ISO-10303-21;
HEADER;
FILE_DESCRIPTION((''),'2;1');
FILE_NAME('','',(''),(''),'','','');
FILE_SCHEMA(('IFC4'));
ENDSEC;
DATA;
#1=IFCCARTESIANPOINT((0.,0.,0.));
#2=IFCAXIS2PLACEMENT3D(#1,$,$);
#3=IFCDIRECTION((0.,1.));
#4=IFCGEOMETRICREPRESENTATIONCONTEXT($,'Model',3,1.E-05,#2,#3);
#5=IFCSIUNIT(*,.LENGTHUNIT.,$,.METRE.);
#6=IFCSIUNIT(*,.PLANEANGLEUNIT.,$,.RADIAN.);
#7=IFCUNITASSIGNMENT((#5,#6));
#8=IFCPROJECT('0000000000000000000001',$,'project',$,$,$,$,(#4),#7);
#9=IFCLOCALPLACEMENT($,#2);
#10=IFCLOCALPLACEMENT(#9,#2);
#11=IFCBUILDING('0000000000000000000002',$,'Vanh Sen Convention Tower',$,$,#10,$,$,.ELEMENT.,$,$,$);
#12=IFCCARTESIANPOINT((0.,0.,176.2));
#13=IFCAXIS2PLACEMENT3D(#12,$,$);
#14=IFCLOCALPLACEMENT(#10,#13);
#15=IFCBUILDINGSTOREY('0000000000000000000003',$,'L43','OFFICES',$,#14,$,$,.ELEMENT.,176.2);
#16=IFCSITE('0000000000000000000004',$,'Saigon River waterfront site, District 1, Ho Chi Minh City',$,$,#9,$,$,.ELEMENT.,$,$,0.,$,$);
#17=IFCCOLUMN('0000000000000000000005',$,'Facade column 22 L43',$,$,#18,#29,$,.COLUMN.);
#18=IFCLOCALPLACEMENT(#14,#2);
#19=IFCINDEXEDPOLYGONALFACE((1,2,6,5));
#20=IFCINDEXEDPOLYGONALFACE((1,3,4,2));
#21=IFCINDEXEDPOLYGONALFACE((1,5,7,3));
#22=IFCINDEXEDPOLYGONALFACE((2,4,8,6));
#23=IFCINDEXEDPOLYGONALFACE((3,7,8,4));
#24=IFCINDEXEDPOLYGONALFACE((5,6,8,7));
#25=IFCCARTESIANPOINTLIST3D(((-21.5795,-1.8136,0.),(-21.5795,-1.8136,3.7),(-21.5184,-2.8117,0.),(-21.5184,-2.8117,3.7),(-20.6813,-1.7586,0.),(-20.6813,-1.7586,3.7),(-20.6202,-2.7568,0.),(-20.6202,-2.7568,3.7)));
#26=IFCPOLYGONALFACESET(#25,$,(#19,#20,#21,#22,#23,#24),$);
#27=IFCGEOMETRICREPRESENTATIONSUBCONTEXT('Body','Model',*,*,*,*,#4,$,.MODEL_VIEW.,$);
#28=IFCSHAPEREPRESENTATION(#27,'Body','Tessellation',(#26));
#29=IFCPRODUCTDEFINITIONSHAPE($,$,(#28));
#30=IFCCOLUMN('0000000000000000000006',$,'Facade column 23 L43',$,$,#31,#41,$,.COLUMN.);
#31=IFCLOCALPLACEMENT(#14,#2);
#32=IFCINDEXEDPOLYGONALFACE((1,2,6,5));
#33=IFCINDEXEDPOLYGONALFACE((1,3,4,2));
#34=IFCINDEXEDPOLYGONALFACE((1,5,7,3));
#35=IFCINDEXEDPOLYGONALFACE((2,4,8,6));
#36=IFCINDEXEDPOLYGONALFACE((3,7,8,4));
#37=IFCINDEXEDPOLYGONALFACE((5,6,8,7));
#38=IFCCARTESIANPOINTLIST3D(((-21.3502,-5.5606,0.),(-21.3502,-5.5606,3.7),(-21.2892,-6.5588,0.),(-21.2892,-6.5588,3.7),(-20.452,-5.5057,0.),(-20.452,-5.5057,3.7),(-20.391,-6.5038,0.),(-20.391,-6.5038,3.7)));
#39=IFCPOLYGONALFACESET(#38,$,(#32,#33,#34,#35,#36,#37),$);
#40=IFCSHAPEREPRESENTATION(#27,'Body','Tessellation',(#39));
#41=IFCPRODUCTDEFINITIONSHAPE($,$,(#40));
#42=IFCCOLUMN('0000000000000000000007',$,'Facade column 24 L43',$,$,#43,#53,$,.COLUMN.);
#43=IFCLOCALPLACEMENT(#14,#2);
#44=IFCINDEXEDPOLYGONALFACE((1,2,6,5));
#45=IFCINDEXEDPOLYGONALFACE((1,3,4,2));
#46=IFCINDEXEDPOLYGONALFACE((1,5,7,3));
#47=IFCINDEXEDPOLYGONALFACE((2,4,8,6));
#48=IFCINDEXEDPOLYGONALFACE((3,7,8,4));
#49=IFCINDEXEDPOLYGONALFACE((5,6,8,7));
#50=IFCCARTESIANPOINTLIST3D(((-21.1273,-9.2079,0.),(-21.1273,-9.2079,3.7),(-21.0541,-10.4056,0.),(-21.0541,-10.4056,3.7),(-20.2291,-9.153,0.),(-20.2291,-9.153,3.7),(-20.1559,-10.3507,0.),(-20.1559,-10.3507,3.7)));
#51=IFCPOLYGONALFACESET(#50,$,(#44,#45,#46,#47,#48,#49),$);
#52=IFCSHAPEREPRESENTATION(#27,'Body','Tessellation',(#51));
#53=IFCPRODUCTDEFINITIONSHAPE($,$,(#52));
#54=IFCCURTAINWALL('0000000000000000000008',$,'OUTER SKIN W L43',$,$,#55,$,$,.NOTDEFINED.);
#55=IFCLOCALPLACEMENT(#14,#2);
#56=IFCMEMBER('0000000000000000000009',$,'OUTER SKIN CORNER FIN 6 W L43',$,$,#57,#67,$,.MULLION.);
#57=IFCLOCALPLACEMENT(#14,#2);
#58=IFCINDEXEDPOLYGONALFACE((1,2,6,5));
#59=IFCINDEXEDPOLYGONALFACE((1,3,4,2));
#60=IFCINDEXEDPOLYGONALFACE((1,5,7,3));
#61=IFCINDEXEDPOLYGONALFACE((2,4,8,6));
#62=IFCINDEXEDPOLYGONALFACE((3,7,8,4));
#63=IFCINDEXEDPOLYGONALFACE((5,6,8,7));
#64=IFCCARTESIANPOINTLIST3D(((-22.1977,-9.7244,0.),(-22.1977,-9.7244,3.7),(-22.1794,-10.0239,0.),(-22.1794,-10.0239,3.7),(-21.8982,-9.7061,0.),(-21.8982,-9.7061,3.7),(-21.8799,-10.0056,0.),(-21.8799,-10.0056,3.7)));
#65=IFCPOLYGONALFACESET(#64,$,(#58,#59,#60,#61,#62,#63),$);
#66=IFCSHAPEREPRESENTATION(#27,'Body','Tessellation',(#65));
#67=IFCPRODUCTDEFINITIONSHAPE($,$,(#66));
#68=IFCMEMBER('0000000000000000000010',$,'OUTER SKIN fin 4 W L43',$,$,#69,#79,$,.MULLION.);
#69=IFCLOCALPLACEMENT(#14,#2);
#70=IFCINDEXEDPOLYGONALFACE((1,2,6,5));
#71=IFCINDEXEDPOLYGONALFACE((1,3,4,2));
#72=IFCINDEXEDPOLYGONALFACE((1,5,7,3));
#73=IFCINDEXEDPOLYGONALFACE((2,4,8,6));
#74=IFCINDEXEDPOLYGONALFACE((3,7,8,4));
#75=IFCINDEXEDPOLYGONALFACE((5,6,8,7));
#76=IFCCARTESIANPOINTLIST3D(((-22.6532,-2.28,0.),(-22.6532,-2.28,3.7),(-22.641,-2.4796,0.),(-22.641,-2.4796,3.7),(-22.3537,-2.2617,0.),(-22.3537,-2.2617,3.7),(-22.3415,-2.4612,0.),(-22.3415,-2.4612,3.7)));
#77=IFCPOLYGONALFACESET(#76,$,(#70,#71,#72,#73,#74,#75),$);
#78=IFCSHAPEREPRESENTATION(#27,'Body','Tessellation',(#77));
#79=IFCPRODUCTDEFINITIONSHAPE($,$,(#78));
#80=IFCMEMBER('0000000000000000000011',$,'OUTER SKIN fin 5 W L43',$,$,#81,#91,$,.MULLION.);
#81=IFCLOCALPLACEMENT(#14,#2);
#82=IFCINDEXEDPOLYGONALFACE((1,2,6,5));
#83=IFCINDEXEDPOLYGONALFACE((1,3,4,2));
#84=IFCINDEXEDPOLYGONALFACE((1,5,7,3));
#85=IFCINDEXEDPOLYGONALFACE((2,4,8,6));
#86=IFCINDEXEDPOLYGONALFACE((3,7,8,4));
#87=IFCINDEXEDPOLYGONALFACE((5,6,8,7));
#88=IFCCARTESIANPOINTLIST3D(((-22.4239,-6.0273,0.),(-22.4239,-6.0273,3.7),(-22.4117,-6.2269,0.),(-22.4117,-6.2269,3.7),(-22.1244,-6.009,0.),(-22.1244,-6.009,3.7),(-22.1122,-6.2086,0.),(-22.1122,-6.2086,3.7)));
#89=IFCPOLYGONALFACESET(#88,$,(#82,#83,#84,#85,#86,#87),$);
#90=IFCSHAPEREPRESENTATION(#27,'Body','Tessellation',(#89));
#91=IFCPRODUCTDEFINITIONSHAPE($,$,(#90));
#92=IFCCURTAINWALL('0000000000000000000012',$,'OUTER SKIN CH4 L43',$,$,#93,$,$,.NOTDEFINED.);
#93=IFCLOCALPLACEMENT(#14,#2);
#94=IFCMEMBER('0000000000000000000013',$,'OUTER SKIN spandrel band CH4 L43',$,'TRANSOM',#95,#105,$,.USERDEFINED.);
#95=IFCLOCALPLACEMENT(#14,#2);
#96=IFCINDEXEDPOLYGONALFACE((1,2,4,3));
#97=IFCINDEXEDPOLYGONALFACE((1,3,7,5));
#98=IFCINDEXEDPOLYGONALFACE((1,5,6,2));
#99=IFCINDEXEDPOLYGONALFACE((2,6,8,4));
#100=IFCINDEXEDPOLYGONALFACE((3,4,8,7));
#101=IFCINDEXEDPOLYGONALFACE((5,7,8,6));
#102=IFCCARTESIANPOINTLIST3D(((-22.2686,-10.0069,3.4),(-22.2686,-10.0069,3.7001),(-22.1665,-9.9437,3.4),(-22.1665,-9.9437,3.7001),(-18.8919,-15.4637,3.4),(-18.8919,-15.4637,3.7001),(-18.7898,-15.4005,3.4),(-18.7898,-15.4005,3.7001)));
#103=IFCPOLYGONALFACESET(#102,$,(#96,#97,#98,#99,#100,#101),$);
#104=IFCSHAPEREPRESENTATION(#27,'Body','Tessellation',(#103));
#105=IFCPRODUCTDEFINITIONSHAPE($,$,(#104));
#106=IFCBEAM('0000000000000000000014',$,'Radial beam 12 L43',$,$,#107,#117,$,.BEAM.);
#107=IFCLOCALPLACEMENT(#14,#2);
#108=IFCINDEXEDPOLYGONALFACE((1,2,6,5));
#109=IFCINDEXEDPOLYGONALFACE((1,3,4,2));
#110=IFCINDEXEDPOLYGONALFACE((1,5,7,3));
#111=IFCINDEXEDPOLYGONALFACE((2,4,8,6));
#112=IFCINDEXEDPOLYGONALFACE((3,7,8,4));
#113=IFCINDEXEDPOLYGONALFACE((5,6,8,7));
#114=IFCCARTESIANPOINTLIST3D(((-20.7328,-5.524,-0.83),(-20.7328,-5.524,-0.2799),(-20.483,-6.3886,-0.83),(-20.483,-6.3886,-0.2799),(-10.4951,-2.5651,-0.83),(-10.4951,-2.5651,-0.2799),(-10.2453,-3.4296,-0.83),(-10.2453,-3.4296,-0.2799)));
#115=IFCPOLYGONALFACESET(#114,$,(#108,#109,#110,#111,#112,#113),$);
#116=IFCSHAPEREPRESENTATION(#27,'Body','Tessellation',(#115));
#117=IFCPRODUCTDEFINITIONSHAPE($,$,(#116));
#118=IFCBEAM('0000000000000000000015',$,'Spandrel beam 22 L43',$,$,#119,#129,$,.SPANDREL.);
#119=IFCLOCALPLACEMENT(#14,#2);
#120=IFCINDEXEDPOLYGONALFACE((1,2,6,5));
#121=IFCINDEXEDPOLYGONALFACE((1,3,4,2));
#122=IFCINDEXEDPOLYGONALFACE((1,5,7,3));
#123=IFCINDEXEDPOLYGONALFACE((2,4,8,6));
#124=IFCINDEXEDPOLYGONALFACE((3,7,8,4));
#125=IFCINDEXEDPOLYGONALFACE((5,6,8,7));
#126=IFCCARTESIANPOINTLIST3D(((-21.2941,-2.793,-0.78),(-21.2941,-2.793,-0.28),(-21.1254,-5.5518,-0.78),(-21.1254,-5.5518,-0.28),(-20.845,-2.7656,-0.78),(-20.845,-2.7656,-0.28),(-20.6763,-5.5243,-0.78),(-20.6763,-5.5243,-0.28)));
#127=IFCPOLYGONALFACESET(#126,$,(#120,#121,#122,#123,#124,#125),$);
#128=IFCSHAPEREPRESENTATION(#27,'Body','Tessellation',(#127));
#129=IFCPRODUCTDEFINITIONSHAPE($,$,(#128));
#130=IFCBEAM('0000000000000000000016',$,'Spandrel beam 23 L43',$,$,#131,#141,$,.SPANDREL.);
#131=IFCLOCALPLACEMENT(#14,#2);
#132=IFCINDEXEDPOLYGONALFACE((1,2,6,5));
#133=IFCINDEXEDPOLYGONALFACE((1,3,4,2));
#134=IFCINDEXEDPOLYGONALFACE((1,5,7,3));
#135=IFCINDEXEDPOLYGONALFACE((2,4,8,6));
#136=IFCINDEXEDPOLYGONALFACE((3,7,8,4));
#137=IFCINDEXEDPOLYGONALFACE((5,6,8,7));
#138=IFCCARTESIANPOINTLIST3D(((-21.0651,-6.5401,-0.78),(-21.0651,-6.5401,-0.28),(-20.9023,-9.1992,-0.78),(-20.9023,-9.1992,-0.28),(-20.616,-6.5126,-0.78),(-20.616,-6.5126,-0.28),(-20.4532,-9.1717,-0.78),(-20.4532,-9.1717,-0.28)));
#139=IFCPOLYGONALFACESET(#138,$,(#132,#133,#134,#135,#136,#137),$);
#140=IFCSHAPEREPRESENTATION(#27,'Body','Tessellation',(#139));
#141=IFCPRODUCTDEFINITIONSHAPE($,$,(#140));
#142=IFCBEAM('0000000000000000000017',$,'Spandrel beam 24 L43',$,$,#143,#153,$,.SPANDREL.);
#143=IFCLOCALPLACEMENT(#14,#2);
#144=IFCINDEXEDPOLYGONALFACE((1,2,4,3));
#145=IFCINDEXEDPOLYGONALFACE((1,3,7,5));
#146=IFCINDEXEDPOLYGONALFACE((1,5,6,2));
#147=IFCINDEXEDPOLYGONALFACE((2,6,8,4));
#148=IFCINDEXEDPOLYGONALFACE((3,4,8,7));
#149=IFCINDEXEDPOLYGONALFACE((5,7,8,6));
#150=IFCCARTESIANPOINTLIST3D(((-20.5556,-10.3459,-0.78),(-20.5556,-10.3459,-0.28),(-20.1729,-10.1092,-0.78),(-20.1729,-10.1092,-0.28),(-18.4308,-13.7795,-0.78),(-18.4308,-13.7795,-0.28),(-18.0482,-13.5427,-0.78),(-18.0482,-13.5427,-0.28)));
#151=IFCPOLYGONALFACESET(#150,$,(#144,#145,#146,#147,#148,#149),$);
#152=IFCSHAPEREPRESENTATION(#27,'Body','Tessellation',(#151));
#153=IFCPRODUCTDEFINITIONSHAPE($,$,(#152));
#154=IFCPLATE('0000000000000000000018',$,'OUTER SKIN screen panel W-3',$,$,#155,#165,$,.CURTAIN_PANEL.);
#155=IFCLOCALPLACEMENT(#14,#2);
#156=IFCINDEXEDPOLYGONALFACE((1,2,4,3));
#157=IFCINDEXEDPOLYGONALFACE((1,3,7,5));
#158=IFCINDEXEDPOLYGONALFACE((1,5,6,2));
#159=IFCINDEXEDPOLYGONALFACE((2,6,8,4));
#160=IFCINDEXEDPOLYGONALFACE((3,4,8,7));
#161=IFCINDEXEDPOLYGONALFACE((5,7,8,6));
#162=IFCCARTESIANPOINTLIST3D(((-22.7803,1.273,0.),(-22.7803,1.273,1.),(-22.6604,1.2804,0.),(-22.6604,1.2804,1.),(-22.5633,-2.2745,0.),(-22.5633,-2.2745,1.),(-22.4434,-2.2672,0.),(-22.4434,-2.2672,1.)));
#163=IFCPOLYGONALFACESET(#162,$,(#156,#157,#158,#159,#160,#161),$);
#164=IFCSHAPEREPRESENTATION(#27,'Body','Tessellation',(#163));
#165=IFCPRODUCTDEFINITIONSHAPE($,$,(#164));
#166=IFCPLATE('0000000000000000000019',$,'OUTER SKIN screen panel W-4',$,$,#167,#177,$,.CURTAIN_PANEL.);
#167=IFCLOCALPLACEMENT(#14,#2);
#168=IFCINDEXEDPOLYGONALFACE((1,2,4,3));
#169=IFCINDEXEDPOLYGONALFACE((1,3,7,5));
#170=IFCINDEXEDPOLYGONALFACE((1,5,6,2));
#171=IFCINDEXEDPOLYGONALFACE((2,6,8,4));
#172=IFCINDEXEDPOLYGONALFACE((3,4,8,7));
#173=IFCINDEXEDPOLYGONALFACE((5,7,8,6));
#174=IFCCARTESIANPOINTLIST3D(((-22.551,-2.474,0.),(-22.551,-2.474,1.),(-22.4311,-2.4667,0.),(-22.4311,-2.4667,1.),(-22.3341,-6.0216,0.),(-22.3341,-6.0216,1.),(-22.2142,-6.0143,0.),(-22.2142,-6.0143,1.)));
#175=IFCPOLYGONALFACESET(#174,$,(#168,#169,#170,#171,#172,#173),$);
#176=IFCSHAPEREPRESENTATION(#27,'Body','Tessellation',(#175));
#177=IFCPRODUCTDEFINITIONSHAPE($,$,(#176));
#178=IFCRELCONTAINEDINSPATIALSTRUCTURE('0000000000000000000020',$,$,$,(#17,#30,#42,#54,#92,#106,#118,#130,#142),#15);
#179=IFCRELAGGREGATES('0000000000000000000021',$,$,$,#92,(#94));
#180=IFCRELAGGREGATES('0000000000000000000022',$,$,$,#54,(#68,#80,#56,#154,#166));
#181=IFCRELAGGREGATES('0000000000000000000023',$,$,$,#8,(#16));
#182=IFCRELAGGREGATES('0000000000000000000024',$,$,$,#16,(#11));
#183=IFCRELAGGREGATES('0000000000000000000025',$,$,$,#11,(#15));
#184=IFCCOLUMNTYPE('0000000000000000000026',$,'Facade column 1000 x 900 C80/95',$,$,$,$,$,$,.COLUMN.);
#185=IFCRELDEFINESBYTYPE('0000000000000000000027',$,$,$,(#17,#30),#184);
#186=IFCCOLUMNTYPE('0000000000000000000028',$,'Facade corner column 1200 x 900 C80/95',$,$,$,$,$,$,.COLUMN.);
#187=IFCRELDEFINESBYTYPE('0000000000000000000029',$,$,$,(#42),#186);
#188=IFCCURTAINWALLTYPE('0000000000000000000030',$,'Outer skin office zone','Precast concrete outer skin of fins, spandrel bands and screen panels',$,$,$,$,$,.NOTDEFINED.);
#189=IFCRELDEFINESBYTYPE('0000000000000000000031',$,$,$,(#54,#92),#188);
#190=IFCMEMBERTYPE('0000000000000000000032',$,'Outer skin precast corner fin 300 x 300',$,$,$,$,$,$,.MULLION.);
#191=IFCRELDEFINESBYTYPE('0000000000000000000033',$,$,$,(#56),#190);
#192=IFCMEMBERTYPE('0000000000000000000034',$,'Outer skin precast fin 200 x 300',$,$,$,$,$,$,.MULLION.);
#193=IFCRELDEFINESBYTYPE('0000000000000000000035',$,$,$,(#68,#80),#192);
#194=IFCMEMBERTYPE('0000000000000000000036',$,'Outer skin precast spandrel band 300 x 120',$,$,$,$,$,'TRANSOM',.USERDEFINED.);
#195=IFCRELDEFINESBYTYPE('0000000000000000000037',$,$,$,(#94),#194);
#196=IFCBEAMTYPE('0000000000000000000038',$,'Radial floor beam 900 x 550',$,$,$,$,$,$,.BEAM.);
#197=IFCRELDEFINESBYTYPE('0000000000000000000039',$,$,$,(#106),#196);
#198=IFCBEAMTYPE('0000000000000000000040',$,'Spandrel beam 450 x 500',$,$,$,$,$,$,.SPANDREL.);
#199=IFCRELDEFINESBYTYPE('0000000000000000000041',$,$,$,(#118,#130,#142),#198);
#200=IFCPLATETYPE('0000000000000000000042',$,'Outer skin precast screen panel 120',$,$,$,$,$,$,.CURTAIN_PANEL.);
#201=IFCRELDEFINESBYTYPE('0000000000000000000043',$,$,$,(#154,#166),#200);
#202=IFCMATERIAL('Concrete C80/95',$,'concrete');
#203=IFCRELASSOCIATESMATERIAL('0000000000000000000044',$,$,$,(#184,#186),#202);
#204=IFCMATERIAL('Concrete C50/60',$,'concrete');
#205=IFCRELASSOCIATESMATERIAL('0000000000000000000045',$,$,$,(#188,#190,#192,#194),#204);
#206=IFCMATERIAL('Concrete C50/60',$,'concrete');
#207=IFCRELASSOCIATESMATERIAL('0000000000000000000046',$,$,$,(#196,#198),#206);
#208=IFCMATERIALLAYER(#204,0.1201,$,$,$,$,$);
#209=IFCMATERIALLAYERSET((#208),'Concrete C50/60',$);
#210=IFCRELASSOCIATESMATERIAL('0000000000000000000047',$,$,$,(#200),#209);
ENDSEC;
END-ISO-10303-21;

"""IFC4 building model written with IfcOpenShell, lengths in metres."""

from ifc_helpers import new_model, si_unit, direction, frame, origin, origin_2d, place, context, subcontext, project, spatial, rectangle, extrude, material, layer, layer_set, material_profile, profile_set, type_object, element, aggregate, save


model = new_model("IFC4")

# Units and contexts
model_context = context("Model", 3, precision=1e-05, world=origin(), true_north=direction((0.0, 1.0)))
body_context = subcontext(model_context, "Body", "Model", "MODEL_VIEW")
ifc_project = project(units=[si_unit("LENGTHUNIT", "METRE"), si_unit("PLANEANGLEUNIT", "RADIAN")], contexts=[model_context])

# Site, building, storey
site_placement = place(None, origin())
site = spatial("IfcSite", under=ifc_project, at=site_placement, Name="Saigon River waterfront site, District 1, Ho Chi Minh City", CompositionType="ELEMENT", RefElevation=0.0)
building_placement = place(site_placement, origin())
building = spatial("IfcBuilding", under=site, at=building_placement, Name="Vanh Sen Convention Tower", CompositionType="ELEMENT")
storey_placement = place(building_placement, frame((0.0, 0.0, 176.2)))
storey = spatial("IfcBuildingStorey", under=building, at=storey_placement, Name="L43", Description="OFFICES", CompositionType="ELEMENT", Elevation=176.2)

# Columns
ifc_material_1 = material(Name="Concrete C80/95", Category="concrete")
ifc_material_profile_1 = material_profile(ifc_material_1, rectangle(XDim=1.0, YDim=0.8999, at=origin_2d()), Name="RC 1000X900")
ifc_profile_set_1 = profile_set([ifc_material_profile_1], Name="Concrete C80/95")
column_type_1 = type_object("IfcColumnType", Name="Facade column 1000 x 900 C80/95", PredefinedType="COLUMN", material=ifc_profile_set_1)
for number, where, z_axis, x_axis, name in (
    (1, (-21.0999, -2.2852, 0.0), (0.0, 0.0, 1.0), (0.061049, -0.998135, 0.0), "Facade column 22 L43"),
    (2, (-20.8706, -6.0322, 0.0), (0.0, 0.0, 1.0), (0.061049, -0.998135, 0.0), "Facade column 23 L43"),
):
    element("IfcColumn", number, at=place(storey_placement, frame(where, z_axis=z_axis, x_axis=x_axis)), inside=storey, type_object=column_type_1, Name=name, PredefinedType="COLUMN", context=body_context, shape_type="SweptSolid", body=[
        extrude(rectangle(XDim=1.0, YDim=0.8999, at=origin_2d()), origin(), (0.0, 0.0, 1.0), 3.7),
    ])
ifc_material_profile_2 = material_profile(ifc_material_1, rectangle(XDim=1.2, YDim=0.8999, at=origin_2d()), Name="RC 1200X900")
ifc_profile_set_2 = profile_set([ifc_material_profile_2], Name="Concrete C80/95")
column_type_2 = type_object("IfcColumnType", Name="Facade corner column 1200 x 900 C80/95", PredefinedType="COLUMN", material=ifc_profile_set_2)
column_placement = place(storey_placement, frame((-20.6416, -9.7793, 0.0), z_axis=(0.0, 0.0, 1.0), x_axis=(0.061049, -0.998135, 0.0)))
element("IfcColumn", 3, at=column_placement, inside=storey, type_object=column_type_2, Name="Facade column 24 L43", PredefinedType="COLUMN", context=body_context, shape_type="SweptSolid", body=[
    extrude(rectangle(XDim=1.2, YDim=0.8999, at=origin_2d()), origin(), (0.0, 0.0, 1.0), 3.7),
])

# Curtain wall, members
ifc_material_2 = material(Name="Concrete C50/60", Category="concrete")
curtain_wall_type = type_object("IfcCurtainWallType", Name="Outer skin office zone", Description="Precast concrete outer skin of fins, spandrel bands and screen panels", PredefinedType="NOTDEFINED", material=ifc_material_2)
curtain_wall_1_placement = place(storey_placement, origin())
curtain_wall_1 = element("IfcCurtainWall", 4, at=curtain_wall_1_placement, inside=storey, type_object=curtain_wall_type, Name="OUTER SKIN W L43", PredefinedType="NOTDEFINED")
ifc_material_profile_3 = material_profile(ifc_material_2, rectangle(XDim=0.3, YDim=0.3, at=origin_2d()), Name="Outer skin precast corner fin 300 x 300")
ifc_profile_set_3 = profile_set([ifc_material_profile_3], Name="Concrete C50/60")
member_type_1 = type_object("IfcMemberType", Name="Outer skin precast corner fin 300 x 300", PredefinedType="MULLION", material=ifc_profile_set_3)
member_1_placement = place(storey_placement, frame((-22.0388, -9.865, 0.0), z_axis=(0.0, 0.0, 1.0), x_axis=(0.061049, -0.998135, 0.0)))
member_1 = element("IfcMember", 5, at=member_1_placement, type_object=member_type_1, Name="OUTER SKIN CORNER FIN 6 W L43", PredefinedType="MULLION", context=body_context, shape_type="SweptSolid", body=[
    extrude(rectangle(XDim=0.3, YDim=0.3, at=origin_2d()), origin(), (0.0, 0.0, 1.0), 3.7),
])
ifc_material_profile_4 = material_profile(ifc_material_2, rectangle(XDim=0.2, YDim=0.3, at=origin_2d()), Name="Outer skin precast fin 200 x 300")
ifc_profile_set_4 = profile_set([ifc_material_profile_4], Name="Concrete C50/60")
member_type_2 = type_object("IfcMemberType", Name="Outer skin precast fin 200 x 300", PredefinedType="MULLION", material=ifc_profile_set_4)
member_2_placement = place(storey_placement, frame((-22.4973, -2.3706, 0.0), z_axis=(0.0, 0.0, 1.0), x_axis=(0.061049, -0.998135, 0.0)))
member_2 = element("IfcMember", 6, at=member_2_placement, type_object=member_type_2, Name="OUTER SKIN fin 4 W L43", PredefinedType="MULLION", context=body_context, shape_type="SweptSolid", body=[
    extrude(rectangle(XDim=0.2, YDim=0.3, at=origin_2d()), origin(), (0.0, 0.0, 1.0), 3.7),
])
member_3_placement = place(storey_placement, frame((-22.2681, -6.1179, 0.0), z_axis=(0.0, 0.0, 1.0), x_axis=(0.061049, -0.998135, 0.0)))
member_3 = element("IfcMember", 7, at=member_3_placement, type_object=member_type_2, Name="OUTER SKIN fin 5 W L43", PredefinedType="MULLION", context=body_context, shape_type="SweptSolid", body=[
    extrude(rectangle(XDim=0.2, YDim=0.3, at=origin_2d()), origin(), (0.0, 0.0, 1.0), 3.7),
])

# Curtain wall, member
curtain_wall_2_placement = place(storey_placement, origin())
curtain_wall_2 = element("IfcCurtainWall", 8, at=curtain_wall_2_placement, inside=storey, type_object=curtain_wall_type, Name="OUTER SKIN CH4 L43", PredefinedType="NOTDEFINED")
ifc_material_profile_5 = material_profile(ifc_material_2, rectangle(XDim=0.1201, YDim=0.3, at=origin_2d()), Name="Outer skin precast spandrel band 300 x 120")
ifc_profile_set_5 = profile_set([ifc_material_profile_5], Name="Concrete C50/60")
member_type_3 = type_object("IfcMemberType", Name="Outer skin precast spandrel band 300 x 120", ElementType="TRANSOM", PredefinedType="USERDEFINED", material=ifc_profile_set_5)
member_4_placement = place(storey_placement, frame((-22.2175, -9.9753, 3.55), z_axis=(0.526208, -0.850356, 0.0), x_axis=(0.850356, 0.526208, 0.0)))
member_4 = element("IfcMember", 9, at=member_4_placement, type_object=member_type_3, Name="OUTER SKIN spandrel band CH4 L43", ObjectType="TRANSOM", PredefinedType="USERDEFINED", context=body_context, shape_type="SweptSolid", body=[
    extrude(rectangle(XDim=0.1201, YDim=0.3, at=origin_2d()), origin(), (0.0, 0.0, 1.0), 6.417),
])
aggregate(curtain_wall_2, [member_4])

# Beams
ifc_material_3 = material(Name="Concrete C50/60", Category="concrete")
ifc_material_profile_6 = material_profile(ifc_material_3, rectangle(XDim=0.8999, YDim=0.55, at=origin_2d()), Name="RC 900X550")
ifc_profile_set_6 = profile_set([ifc_material_profile_6], Name="Concrete C50/60")
beam_type_1 = type_object("IfcBeamType", Name="Radial floor beam 900 x 550", PredefinedType="BEAM", material=ifc_profile_set_6)
beam_1_placement = place(storey_placement, frame((-20.6079, -5.9563, -0.5549), z_axis=(0.960679, 0.277661, 0.0), x_axis=(-0.277661, 0.960679, 0.0)))
element("IfcBeam", 10, at=beam_1_placement, inside=storey, type_object=beam_type_1, Name="Radial beam 12 L43", PredefinedType="BEAM", context=body_context, shape_type="SweptSolid", body=[
    extrude(rectangle(XDim=0.8999, YDim=0.55, at=origin_2d()), origin(), (0.0, 0.0, 1.0), 10.6567),
])
ifc_material_profile_7 = material_profile(ifc_material_3, rectangle(XDim=0.45, YDim=0.5, at=origin_2d()), Name="RC 450X500")
ifc_profile_set_7 = profile_set([ifc_material_profile_7], Name="Concrete C50/60")
beam_type_2 = type_object("IfcBeamType", Name="Spandrel beam 450 x 500", PredefinedType="SPANDREL", material=ifc_profile_set_7)
beam_2_placement = place(storey_placement, frame((-21.0696, -2.7793, -0.53), z_axis=(0.061036, -0.998136, 0.0), x_axis=(0.998136, 0.061036, 0.0)))
element("IfcBeam", 11, at=beam_2_placement, inside=storey, type_object=beam_type_2, Name="Spandrel beam 22 L43", PredefinedType="SPANDREL", context=body_context, shape_type="SweptSolid", body=[
    extrude(rectangle(XDim=0.45, YDim=0.5, at=origin_2d()), origin(), (0.0, 0.0, 1.0), 2.7639),
])
beam_3_placement = place(storey_placement, frame((-20.8406, -6.5264, -0.53), z_axis=(0.061123, -0.99813, 0.0), x_axis=(0.99813, 0.061123, 0.0)))
element("IfcBeam", 12, at=beam_3_placement, inside=storey, type_object=beam_type_2, Name="Spandrel beam 23 L43", PredefinedType="SPANDREL", context=body_context, shape_type="SweptSolid", body=[
    extrude(rectangle(XDim=0.45, YDim=0.5, at=origin_2d()), origin(), (0.0, 0.0, 1.0), 2.6641),
])
beam_4_placement = place(storey_placement, frame((-20.3643, -10.2275, -0.53), z_axis=(0.526211, -0.850354, 0.0), x_axis=(0.850354, 0.526211, 0.0)))
element("IfcBeam", 13, at=beam_4_placement, inside=storey, type_object=beam_type_2, Name="Spandrel beam 24 L43", PredefinedType="SPANDREL", context=body_context, shape_type="SweptSolid", body=[
    extrude(rectangle(XDim=0.45, YDim=0.5, at=origin_2d()), origin(), (0.0, 0.0, 1.0), 4.0378),
])

# Plates
ifc_layer_1 = layer(ifc_material_2, 0.1201)
ifc_layer_set_1 = layer_set([ifc_layer_1], Name="Concrete C50/60")
plate_type = type_object("IfcPlateType", Name="Outer skin precast screen panel 120", PredefinedType="CURTAIN_PANEL", material=ifc_layer_set_1)
plate_1_placement = place(storey_placement, frame((-22.6118, -0.4971, 0.0), z_axis=(0.0, 0.0, 1.0), x_axis=(0.061054, -0.998134, 0.0)))
plate_1 = element("IfcPlate", 14, at=plate_1_placement, type_object=plate_type, Name="OUTER SKIN screen panel W-3", PredefinedType="CURTAIN_PANEL", context=body_context, shape_type="SweptSolid", body=[
    extrude(rectangle(XDim=3.5542, YDim=0.1201, at=origin_2d()), origin(), (0.0, 0.0, 1.0), 1.0),
])
plate_2_placement = place(storey_placement, frame((-22.3826, -4.2441, 0.0), z_axis=(0.0, 0.0, 1.0), x_axis=(0.061026, -0.998136, 0.0)))
plate_2 = element("IfcPlate", 15, at=plate_2_placement, type_object=plate_type, Name="OUTER SKIN screen panel W-4", PredefinedType="CURTAIN_PANEL", context=body_context, shape_type="SweptSolid", body=[
    extrude(rectangle(XDim=3.5542, YDim=0.1201, at=origin_2d()), origin(), (0.0, 0.0, 1.0), 1.0),
])
aggregate(curtain_wall_1, [member_2, member_3, member_1, plate_1, plate_2])

save(model, "model.ifc")
